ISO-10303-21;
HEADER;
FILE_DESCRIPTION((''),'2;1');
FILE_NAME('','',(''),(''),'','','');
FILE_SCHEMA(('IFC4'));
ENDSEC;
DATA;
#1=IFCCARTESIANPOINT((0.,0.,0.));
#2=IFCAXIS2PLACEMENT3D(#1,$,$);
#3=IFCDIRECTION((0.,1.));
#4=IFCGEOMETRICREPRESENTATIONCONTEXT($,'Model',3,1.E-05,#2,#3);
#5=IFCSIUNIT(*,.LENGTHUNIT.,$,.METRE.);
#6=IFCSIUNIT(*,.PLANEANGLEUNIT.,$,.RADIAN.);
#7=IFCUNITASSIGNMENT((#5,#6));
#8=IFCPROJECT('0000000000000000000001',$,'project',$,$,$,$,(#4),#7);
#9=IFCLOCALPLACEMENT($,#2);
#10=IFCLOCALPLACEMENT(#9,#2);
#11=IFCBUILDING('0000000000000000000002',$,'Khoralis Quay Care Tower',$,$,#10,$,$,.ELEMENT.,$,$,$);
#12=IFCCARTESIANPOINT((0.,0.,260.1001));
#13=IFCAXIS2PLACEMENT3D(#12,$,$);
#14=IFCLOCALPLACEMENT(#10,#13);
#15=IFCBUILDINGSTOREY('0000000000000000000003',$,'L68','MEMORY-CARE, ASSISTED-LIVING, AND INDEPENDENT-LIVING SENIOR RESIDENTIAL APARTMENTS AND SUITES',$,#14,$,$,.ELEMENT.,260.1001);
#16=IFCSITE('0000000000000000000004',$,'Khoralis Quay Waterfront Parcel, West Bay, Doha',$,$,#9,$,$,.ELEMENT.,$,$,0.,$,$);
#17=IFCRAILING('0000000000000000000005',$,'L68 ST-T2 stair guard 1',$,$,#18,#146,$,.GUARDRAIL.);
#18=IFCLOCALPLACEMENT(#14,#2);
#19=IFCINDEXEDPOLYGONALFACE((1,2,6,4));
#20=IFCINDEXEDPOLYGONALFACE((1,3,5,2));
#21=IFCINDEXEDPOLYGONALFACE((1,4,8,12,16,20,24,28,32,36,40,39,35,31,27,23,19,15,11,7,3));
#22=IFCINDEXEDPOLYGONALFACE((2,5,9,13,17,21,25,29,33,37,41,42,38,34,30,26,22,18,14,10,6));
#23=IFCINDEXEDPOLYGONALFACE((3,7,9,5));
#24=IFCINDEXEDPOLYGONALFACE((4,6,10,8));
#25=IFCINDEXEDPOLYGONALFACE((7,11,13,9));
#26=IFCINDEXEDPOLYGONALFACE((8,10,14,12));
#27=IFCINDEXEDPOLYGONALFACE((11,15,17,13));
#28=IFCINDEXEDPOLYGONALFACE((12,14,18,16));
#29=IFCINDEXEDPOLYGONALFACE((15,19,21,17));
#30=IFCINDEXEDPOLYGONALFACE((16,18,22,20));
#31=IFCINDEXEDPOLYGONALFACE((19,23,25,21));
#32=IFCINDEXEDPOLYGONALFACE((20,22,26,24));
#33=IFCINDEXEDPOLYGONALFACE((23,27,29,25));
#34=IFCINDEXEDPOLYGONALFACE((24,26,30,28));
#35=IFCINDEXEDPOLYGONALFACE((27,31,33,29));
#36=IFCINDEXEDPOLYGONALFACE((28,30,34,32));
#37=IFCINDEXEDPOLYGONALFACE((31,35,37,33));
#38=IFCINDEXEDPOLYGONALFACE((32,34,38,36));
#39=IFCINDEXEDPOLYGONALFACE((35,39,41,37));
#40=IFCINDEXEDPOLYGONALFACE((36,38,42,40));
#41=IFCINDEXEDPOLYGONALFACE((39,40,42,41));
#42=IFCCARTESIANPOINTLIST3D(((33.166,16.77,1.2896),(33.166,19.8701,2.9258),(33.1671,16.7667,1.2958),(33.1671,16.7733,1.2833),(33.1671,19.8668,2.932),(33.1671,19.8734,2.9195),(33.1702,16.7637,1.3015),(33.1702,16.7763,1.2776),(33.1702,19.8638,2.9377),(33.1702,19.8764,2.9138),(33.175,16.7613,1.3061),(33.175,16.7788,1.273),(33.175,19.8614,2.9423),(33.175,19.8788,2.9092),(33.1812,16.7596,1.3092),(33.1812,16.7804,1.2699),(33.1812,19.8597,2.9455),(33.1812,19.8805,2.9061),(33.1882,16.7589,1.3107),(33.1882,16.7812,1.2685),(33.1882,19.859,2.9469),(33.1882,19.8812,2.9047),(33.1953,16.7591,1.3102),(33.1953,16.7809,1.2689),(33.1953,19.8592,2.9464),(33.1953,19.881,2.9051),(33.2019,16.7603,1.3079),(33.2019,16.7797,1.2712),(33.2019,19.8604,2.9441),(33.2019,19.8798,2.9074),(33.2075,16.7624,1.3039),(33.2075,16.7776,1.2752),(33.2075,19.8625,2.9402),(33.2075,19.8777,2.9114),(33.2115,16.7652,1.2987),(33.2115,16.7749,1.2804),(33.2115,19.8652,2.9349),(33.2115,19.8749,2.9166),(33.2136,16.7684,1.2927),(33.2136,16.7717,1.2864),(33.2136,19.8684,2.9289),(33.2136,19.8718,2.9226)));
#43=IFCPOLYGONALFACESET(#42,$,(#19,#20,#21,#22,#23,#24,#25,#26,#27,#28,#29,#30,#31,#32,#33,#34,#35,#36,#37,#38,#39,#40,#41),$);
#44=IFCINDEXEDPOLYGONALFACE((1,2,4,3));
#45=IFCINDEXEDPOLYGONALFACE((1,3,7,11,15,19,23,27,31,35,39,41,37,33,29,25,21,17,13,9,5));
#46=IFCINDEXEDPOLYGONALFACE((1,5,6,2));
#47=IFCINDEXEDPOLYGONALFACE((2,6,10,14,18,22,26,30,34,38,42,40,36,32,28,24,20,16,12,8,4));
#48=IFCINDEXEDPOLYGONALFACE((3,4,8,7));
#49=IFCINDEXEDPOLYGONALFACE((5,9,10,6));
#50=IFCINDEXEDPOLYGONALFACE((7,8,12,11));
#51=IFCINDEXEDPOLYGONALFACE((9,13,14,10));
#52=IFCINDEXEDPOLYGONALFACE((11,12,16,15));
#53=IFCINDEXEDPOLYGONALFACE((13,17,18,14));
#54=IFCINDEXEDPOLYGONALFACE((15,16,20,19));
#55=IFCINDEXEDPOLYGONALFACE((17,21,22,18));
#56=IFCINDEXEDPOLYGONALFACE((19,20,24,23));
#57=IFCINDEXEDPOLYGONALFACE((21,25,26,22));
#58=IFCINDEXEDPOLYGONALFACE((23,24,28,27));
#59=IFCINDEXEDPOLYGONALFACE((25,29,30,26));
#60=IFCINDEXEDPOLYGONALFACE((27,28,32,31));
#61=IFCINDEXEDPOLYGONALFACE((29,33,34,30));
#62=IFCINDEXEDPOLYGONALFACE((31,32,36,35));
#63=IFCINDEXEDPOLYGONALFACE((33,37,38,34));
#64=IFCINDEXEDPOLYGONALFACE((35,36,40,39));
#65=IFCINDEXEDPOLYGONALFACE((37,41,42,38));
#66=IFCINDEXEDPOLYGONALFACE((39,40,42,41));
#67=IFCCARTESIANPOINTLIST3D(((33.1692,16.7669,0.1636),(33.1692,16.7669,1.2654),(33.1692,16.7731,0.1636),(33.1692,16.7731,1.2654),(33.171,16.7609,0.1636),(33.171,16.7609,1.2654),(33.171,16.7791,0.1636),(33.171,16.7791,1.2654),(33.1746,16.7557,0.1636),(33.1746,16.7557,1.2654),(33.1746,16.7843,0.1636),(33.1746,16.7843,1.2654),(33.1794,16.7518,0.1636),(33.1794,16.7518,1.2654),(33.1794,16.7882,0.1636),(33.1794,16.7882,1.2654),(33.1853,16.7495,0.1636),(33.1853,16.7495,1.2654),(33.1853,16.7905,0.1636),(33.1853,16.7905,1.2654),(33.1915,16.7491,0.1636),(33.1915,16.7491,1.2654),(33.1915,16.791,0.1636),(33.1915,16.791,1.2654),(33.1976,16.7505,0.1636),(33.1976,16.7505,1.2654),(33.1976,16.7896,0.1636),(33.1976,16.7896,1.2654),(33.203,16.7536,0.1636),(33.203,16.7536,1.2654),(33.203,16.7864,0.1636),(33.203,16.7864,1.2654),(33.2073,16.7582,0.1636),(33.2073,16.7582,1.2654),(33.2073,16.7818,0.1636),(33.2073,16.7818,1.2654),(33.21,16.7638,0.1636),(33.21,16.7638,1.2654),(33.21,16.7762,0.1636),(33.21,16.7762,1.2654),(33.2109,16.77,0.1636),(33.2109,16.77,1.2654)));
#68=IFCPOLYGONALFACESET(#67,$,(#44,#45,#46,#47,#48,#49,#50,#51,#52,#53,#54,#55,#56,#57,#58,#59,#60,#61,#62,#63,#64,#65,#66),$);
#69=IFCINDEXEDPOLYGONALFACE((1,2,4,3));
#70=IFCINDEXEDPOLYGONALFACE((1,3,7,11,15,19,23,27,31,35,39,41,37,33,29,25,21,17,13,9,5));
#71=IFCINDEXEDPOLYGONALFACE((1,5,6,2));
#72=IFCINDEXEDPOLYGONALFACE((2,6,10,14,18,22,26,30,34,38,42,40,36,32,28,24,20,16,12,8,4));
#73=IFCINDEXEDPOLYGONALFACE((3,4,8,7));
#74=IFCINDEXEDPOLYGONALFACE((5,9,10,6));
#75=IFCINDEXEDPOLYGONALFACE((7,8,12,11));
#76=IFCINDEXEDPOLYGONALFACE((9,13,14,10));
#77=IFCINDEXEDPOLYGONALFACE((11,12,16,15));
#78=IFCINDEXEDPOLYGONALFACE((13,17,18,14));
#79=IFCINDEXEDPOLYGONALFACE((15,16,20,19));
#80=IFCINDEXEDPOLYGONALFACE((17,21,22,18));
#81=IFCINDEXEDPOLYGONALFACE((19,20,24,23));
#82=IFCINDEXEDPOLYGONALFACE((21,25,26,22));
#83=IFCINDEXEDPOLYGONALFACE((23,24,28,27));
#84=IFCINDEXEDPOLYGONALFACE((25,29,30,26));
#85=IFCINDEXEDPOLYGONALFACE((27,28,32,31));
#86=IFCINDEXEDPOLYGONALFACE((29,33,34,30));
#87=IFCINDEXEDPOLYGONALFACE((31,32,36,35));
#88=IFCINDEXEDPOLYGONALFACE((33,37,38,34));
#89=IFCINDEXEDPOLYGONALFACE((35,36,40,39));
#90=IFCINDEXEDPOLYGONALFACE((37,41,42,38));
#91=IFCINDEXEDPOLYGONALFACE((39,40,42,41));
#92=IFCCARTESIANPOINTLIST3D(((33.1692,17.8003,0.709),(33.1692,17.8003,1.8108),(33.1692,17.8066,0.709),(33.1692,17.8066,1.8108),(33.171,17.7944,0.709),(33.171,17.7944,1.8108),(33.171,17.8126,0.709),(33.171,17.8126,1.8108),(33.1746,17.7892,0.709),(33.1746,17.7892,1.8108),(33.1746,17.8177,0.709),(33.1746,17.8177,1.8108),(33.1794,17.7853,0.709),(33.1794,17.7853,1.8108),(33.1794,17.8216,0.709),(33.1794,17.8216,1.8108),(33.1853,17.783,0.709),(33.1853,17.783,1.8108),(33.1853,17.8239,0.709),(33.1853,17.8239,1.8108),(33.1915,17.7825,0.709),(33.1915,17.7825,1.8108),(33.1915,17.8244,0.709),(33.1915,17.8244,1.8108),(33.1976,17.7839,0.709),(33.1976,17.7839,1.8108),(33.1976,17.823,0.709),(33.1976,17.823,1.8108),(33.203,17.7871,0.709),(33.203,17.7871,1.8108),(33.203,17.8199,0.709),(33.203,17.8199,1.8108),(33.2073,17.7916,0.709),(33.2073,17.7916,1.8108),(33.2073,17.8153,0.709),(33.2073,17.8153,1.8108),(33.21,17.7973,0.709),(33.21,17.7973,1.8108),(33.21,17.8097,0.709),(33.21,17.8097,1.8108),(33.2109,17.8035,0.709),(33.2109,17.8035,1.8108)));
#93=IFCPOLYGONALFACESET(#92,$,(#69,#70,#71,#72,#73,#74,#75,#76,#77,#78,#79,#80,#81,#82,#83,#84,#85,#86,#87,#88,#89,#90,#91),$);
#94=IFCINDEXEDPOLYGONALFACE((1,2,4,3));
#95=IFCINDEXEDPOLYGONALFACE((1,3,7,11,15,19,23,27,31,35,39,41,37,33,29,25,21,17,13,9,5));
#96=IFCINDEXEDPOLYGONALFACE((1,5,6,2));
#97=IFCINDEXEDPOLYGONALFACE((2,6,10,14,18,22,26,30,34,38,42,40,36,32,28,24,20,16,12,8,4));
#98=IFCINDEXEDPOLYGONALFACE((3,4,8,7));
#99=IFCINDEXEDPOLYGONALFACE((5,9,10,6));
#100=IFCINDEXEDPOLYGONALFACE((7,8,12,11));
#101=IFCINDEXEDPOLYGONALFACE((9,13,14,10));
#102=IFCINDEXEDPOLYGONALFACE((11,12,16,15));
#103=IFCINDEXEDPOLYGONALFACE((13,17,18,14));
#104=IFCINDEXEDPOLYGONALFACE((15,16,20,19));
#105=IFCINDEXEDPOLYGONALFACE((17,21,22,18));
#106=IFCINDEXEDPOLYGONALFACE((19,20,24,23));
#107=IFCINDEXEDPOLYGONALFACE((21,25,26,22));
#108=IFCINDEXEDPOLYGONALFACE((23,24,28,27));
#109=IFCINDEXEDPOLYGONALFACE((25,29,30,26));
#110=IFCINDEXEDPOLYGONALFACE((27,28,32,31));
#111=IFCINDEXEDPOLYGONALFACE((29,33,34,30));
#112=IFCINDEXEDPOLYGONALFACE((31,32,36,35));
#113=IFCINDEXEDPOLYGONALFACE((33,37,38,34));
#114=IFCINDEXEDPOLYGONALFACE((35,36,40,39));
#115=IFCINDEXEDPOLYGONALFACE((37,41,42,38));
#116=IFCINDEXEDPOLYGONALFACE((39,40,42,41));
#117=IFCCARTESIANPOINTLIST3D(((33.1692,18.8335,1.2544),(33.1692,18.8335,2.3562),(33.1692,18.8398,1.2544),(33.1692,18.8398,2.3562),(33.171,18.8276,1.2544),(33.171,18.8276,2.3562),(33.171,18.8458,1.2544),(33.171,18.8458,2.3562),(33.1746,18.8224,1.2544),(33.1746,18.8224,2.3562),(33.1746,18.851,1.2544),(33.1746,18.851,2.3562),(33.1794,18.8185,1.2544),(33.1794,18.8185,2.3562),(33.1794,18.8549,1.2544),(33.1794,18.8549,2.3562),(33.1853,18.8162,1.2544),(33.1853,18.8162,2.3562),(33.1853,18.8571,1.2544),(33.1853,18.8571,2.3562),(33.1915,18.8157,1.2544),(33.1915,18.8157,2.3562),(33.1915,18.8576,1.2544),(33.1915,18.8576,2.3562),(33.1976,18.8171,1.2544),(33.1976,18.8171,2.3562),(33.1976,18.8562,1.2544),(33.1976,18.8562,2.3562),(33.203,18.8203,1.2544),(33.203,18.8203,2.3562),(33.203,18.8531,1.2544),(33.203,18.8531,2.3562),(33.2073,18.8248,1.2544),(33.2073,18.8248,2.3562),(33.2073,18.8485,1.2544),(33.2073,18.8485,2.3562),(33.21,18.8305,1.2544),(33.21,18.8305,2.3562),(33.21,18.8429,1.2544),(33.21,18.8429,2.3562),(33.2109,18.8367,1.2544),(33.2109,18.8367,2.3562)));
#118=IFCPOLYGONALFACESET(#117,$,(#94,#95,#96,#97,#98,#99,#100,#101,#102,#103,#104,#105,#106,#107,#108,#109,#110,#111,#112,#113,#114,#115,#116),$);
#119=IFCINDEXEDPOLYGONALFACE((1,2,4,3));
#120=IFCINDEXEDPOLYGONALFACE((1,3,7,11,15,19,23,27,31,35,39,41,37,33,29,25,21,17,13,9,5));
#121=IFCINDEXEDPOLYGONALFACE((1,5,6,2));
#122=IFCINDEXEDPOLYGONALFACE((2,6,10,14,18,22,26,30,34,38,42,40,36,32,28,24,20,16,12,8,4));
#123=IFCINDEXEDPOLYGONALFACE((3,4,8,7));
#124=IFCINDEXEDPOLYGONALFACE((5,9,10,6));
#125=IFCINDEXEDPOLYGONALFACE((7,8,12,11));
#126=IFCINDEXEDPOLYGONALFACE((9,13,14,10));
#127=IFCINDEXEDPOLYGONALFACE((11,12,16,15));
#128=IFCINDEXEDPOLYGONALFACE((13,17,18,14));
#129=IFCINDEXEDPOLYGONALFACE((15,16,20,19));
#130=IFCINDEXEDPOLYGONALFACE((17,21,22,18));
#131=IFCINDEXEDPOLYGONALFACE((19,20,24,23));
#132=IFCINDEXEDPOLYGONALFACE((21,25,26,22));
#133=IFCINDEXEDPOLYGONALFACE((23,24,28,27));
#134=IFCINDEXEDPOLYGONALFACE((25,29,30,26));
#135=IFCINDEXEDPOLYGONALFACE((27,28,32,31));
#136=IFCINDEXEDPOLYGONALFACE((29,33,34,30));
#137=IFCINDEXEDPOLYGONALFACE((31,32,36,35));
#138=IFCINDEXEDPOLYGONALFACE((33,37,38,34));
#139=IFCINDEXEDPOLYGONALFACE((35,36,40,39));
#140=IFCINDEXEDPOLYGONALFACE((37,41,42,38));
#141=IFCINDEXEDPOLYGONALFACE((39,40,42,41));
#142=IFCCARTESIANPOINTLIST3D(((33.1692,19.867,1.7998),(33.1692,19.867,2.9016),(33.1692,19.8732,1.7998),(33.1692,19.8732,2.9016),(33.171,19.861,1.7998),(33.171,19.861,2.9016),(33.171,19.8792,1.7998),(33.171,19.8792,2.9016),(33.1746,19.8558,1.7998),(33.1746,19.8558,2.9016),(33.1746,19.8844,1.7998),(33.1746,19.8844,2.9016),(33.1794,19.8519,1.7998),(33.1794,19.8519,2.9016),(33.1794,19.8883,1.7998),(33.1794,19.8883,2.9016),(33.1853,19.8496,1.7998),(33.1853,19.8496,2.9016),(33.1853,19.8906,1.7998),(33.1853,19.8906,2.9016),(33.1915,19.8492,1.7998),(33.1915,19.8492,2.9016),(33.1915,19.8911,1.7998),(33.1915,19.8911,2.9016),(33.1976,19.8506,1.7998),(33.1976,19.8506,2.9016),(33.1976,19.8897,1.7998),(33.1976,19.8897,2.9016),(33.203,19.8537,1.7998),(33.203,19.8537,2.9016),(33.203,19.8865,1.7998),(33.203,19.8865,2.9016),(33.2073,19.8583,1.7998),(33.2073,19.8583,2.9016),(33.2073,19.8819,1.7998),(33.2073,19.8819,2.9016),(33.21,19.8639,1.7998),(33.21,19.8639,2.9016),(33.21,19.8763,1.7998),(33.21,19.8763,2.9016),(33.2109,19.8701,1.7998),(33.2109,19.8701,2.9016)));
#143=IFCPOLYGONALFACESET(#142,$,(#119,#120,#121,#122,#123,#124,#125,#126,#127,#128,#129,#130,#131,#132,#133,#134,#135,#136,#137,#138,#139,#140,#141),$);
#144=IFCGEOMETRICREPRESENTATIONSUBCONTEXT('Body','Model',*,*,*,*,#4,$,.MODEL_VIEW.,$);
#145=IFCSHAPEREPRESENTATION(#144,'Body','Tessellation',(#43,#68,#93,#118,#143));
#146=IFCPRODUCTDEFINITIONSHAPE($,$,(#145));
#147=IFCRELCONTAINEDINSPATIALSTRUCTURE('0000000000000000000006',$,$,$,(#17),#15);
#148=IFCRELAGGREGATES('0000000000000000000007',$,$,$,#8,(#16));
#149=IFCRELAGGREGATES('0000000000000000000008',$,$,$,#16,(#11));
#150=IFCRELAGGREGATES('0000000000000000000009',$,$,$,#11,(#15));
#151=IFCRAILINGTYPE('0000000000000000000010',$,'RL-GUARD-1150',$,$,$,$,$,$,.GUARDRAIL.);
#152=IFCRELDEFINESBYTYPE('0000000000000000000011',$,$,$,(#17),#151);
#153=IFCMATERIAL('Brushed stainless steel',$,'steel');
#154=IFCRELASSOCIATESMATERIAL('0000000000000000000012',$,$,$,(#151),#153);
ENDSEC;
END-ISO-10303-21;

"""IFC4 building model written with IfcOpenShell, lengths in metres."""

from ifc_helpers import new_model, si_unit, direction, frame, origin, origin_2d, place, context, subcontext, project, spatial, circle, extrude, material, type_object, element, save


model = new_model("IFC4")

# Units and contexts
model_context = context("Model", 3, precision=1e-05, world=origin(), true_north=direction((0.0, 1.0)))
body_context = subcontext(model_context, "Body", "Model", "MODEL_VIEW")
ifc_project = project(units=[si_unit("LENGTHUNIT", "METRE"), si_unit("PLANEANGLEUNIT", "RADIAN")], contexts=[model_context])

# Site, building, storey
site_placement = place(None, origin())
site = spatial("IfcSite", under=ifc_project, at=site_placement, Name="Khoralis Quay Waterfront Parcel, West Bay, Doha", CompositionType="ELEMENT", RefElevation=0.0)
building_placement = place(site_placement, origin())
building = spatial("IfcBuilding", under=site, at=building_placement, Name="Khoralis Quay Care Tower", CompositionType="ELEMENT")
storey_placement = place(building_placement, frame((0.0, 0.0, 260.1001)))
storey = spatial("IfcBuildingStorey", under=building, at=storey_placement, Name="L68", Description="MEMORY-CARE, ASSISTED-LIVING, AND INDEPENDENT-LIVING SENIOR RESIDENTIAL APARTMENTS AND SUITES", CompositionType="ELEMENT", Elevation=260.1001)

# Railing
ifc_material_1 = material(Name="Brushed stainless steel", Category="steel")
railing_type_1 = type_object("IfcRailingType", Name="RL-GUARD-1150", PredefinedType="GUARDRAIL", material=ifc_material_1)
railing_1_placement = place(storey_placement, frame((33.1899, 16.77, 0.1636)))
element("IfcRailing", 1, at=railing_1_placement, inside=storey, type_object=railing_type_1, Name="L68 ST-T2 stair guard 1", PredefinedType="GUARDRAIL", context=body_context, shape_type="SweptSolid", body=[
    extrude(circle(Radius=0.0239, at=origin_2d()), frame((0.0, 0.0, 1.126), z_axis=(0.0, 0.884377, 0.466774), x_axis=(-1.0, 0.0, 0.0)), (0.0, 0.0, 1.0), 3.5054),
    extrude(circle(Radius=0.021, at=origin_2d()), origin(), (0.0, 0.0, 1.0), 1.1018),
    extrude(circle(Radius=0.021, at=origin_2d()), frame((0.0, 1.0334, 0.5454)), (0.0, 0.0, 1.0), 1.1018),
    extrude(circle(Radius=0.021, at=origin_2d()), frame((0.0, 2.0667, 1.0908)), (0.0, 0.0, 1.0), 1.1018),
    extrude(circle(Radius=0.021, at=origin_2d()), frame((0.0, 3.1001, 1.6362)), (0.0, 0.0, 1.0), 1.1018),
])

save(model, "model.ifc")
